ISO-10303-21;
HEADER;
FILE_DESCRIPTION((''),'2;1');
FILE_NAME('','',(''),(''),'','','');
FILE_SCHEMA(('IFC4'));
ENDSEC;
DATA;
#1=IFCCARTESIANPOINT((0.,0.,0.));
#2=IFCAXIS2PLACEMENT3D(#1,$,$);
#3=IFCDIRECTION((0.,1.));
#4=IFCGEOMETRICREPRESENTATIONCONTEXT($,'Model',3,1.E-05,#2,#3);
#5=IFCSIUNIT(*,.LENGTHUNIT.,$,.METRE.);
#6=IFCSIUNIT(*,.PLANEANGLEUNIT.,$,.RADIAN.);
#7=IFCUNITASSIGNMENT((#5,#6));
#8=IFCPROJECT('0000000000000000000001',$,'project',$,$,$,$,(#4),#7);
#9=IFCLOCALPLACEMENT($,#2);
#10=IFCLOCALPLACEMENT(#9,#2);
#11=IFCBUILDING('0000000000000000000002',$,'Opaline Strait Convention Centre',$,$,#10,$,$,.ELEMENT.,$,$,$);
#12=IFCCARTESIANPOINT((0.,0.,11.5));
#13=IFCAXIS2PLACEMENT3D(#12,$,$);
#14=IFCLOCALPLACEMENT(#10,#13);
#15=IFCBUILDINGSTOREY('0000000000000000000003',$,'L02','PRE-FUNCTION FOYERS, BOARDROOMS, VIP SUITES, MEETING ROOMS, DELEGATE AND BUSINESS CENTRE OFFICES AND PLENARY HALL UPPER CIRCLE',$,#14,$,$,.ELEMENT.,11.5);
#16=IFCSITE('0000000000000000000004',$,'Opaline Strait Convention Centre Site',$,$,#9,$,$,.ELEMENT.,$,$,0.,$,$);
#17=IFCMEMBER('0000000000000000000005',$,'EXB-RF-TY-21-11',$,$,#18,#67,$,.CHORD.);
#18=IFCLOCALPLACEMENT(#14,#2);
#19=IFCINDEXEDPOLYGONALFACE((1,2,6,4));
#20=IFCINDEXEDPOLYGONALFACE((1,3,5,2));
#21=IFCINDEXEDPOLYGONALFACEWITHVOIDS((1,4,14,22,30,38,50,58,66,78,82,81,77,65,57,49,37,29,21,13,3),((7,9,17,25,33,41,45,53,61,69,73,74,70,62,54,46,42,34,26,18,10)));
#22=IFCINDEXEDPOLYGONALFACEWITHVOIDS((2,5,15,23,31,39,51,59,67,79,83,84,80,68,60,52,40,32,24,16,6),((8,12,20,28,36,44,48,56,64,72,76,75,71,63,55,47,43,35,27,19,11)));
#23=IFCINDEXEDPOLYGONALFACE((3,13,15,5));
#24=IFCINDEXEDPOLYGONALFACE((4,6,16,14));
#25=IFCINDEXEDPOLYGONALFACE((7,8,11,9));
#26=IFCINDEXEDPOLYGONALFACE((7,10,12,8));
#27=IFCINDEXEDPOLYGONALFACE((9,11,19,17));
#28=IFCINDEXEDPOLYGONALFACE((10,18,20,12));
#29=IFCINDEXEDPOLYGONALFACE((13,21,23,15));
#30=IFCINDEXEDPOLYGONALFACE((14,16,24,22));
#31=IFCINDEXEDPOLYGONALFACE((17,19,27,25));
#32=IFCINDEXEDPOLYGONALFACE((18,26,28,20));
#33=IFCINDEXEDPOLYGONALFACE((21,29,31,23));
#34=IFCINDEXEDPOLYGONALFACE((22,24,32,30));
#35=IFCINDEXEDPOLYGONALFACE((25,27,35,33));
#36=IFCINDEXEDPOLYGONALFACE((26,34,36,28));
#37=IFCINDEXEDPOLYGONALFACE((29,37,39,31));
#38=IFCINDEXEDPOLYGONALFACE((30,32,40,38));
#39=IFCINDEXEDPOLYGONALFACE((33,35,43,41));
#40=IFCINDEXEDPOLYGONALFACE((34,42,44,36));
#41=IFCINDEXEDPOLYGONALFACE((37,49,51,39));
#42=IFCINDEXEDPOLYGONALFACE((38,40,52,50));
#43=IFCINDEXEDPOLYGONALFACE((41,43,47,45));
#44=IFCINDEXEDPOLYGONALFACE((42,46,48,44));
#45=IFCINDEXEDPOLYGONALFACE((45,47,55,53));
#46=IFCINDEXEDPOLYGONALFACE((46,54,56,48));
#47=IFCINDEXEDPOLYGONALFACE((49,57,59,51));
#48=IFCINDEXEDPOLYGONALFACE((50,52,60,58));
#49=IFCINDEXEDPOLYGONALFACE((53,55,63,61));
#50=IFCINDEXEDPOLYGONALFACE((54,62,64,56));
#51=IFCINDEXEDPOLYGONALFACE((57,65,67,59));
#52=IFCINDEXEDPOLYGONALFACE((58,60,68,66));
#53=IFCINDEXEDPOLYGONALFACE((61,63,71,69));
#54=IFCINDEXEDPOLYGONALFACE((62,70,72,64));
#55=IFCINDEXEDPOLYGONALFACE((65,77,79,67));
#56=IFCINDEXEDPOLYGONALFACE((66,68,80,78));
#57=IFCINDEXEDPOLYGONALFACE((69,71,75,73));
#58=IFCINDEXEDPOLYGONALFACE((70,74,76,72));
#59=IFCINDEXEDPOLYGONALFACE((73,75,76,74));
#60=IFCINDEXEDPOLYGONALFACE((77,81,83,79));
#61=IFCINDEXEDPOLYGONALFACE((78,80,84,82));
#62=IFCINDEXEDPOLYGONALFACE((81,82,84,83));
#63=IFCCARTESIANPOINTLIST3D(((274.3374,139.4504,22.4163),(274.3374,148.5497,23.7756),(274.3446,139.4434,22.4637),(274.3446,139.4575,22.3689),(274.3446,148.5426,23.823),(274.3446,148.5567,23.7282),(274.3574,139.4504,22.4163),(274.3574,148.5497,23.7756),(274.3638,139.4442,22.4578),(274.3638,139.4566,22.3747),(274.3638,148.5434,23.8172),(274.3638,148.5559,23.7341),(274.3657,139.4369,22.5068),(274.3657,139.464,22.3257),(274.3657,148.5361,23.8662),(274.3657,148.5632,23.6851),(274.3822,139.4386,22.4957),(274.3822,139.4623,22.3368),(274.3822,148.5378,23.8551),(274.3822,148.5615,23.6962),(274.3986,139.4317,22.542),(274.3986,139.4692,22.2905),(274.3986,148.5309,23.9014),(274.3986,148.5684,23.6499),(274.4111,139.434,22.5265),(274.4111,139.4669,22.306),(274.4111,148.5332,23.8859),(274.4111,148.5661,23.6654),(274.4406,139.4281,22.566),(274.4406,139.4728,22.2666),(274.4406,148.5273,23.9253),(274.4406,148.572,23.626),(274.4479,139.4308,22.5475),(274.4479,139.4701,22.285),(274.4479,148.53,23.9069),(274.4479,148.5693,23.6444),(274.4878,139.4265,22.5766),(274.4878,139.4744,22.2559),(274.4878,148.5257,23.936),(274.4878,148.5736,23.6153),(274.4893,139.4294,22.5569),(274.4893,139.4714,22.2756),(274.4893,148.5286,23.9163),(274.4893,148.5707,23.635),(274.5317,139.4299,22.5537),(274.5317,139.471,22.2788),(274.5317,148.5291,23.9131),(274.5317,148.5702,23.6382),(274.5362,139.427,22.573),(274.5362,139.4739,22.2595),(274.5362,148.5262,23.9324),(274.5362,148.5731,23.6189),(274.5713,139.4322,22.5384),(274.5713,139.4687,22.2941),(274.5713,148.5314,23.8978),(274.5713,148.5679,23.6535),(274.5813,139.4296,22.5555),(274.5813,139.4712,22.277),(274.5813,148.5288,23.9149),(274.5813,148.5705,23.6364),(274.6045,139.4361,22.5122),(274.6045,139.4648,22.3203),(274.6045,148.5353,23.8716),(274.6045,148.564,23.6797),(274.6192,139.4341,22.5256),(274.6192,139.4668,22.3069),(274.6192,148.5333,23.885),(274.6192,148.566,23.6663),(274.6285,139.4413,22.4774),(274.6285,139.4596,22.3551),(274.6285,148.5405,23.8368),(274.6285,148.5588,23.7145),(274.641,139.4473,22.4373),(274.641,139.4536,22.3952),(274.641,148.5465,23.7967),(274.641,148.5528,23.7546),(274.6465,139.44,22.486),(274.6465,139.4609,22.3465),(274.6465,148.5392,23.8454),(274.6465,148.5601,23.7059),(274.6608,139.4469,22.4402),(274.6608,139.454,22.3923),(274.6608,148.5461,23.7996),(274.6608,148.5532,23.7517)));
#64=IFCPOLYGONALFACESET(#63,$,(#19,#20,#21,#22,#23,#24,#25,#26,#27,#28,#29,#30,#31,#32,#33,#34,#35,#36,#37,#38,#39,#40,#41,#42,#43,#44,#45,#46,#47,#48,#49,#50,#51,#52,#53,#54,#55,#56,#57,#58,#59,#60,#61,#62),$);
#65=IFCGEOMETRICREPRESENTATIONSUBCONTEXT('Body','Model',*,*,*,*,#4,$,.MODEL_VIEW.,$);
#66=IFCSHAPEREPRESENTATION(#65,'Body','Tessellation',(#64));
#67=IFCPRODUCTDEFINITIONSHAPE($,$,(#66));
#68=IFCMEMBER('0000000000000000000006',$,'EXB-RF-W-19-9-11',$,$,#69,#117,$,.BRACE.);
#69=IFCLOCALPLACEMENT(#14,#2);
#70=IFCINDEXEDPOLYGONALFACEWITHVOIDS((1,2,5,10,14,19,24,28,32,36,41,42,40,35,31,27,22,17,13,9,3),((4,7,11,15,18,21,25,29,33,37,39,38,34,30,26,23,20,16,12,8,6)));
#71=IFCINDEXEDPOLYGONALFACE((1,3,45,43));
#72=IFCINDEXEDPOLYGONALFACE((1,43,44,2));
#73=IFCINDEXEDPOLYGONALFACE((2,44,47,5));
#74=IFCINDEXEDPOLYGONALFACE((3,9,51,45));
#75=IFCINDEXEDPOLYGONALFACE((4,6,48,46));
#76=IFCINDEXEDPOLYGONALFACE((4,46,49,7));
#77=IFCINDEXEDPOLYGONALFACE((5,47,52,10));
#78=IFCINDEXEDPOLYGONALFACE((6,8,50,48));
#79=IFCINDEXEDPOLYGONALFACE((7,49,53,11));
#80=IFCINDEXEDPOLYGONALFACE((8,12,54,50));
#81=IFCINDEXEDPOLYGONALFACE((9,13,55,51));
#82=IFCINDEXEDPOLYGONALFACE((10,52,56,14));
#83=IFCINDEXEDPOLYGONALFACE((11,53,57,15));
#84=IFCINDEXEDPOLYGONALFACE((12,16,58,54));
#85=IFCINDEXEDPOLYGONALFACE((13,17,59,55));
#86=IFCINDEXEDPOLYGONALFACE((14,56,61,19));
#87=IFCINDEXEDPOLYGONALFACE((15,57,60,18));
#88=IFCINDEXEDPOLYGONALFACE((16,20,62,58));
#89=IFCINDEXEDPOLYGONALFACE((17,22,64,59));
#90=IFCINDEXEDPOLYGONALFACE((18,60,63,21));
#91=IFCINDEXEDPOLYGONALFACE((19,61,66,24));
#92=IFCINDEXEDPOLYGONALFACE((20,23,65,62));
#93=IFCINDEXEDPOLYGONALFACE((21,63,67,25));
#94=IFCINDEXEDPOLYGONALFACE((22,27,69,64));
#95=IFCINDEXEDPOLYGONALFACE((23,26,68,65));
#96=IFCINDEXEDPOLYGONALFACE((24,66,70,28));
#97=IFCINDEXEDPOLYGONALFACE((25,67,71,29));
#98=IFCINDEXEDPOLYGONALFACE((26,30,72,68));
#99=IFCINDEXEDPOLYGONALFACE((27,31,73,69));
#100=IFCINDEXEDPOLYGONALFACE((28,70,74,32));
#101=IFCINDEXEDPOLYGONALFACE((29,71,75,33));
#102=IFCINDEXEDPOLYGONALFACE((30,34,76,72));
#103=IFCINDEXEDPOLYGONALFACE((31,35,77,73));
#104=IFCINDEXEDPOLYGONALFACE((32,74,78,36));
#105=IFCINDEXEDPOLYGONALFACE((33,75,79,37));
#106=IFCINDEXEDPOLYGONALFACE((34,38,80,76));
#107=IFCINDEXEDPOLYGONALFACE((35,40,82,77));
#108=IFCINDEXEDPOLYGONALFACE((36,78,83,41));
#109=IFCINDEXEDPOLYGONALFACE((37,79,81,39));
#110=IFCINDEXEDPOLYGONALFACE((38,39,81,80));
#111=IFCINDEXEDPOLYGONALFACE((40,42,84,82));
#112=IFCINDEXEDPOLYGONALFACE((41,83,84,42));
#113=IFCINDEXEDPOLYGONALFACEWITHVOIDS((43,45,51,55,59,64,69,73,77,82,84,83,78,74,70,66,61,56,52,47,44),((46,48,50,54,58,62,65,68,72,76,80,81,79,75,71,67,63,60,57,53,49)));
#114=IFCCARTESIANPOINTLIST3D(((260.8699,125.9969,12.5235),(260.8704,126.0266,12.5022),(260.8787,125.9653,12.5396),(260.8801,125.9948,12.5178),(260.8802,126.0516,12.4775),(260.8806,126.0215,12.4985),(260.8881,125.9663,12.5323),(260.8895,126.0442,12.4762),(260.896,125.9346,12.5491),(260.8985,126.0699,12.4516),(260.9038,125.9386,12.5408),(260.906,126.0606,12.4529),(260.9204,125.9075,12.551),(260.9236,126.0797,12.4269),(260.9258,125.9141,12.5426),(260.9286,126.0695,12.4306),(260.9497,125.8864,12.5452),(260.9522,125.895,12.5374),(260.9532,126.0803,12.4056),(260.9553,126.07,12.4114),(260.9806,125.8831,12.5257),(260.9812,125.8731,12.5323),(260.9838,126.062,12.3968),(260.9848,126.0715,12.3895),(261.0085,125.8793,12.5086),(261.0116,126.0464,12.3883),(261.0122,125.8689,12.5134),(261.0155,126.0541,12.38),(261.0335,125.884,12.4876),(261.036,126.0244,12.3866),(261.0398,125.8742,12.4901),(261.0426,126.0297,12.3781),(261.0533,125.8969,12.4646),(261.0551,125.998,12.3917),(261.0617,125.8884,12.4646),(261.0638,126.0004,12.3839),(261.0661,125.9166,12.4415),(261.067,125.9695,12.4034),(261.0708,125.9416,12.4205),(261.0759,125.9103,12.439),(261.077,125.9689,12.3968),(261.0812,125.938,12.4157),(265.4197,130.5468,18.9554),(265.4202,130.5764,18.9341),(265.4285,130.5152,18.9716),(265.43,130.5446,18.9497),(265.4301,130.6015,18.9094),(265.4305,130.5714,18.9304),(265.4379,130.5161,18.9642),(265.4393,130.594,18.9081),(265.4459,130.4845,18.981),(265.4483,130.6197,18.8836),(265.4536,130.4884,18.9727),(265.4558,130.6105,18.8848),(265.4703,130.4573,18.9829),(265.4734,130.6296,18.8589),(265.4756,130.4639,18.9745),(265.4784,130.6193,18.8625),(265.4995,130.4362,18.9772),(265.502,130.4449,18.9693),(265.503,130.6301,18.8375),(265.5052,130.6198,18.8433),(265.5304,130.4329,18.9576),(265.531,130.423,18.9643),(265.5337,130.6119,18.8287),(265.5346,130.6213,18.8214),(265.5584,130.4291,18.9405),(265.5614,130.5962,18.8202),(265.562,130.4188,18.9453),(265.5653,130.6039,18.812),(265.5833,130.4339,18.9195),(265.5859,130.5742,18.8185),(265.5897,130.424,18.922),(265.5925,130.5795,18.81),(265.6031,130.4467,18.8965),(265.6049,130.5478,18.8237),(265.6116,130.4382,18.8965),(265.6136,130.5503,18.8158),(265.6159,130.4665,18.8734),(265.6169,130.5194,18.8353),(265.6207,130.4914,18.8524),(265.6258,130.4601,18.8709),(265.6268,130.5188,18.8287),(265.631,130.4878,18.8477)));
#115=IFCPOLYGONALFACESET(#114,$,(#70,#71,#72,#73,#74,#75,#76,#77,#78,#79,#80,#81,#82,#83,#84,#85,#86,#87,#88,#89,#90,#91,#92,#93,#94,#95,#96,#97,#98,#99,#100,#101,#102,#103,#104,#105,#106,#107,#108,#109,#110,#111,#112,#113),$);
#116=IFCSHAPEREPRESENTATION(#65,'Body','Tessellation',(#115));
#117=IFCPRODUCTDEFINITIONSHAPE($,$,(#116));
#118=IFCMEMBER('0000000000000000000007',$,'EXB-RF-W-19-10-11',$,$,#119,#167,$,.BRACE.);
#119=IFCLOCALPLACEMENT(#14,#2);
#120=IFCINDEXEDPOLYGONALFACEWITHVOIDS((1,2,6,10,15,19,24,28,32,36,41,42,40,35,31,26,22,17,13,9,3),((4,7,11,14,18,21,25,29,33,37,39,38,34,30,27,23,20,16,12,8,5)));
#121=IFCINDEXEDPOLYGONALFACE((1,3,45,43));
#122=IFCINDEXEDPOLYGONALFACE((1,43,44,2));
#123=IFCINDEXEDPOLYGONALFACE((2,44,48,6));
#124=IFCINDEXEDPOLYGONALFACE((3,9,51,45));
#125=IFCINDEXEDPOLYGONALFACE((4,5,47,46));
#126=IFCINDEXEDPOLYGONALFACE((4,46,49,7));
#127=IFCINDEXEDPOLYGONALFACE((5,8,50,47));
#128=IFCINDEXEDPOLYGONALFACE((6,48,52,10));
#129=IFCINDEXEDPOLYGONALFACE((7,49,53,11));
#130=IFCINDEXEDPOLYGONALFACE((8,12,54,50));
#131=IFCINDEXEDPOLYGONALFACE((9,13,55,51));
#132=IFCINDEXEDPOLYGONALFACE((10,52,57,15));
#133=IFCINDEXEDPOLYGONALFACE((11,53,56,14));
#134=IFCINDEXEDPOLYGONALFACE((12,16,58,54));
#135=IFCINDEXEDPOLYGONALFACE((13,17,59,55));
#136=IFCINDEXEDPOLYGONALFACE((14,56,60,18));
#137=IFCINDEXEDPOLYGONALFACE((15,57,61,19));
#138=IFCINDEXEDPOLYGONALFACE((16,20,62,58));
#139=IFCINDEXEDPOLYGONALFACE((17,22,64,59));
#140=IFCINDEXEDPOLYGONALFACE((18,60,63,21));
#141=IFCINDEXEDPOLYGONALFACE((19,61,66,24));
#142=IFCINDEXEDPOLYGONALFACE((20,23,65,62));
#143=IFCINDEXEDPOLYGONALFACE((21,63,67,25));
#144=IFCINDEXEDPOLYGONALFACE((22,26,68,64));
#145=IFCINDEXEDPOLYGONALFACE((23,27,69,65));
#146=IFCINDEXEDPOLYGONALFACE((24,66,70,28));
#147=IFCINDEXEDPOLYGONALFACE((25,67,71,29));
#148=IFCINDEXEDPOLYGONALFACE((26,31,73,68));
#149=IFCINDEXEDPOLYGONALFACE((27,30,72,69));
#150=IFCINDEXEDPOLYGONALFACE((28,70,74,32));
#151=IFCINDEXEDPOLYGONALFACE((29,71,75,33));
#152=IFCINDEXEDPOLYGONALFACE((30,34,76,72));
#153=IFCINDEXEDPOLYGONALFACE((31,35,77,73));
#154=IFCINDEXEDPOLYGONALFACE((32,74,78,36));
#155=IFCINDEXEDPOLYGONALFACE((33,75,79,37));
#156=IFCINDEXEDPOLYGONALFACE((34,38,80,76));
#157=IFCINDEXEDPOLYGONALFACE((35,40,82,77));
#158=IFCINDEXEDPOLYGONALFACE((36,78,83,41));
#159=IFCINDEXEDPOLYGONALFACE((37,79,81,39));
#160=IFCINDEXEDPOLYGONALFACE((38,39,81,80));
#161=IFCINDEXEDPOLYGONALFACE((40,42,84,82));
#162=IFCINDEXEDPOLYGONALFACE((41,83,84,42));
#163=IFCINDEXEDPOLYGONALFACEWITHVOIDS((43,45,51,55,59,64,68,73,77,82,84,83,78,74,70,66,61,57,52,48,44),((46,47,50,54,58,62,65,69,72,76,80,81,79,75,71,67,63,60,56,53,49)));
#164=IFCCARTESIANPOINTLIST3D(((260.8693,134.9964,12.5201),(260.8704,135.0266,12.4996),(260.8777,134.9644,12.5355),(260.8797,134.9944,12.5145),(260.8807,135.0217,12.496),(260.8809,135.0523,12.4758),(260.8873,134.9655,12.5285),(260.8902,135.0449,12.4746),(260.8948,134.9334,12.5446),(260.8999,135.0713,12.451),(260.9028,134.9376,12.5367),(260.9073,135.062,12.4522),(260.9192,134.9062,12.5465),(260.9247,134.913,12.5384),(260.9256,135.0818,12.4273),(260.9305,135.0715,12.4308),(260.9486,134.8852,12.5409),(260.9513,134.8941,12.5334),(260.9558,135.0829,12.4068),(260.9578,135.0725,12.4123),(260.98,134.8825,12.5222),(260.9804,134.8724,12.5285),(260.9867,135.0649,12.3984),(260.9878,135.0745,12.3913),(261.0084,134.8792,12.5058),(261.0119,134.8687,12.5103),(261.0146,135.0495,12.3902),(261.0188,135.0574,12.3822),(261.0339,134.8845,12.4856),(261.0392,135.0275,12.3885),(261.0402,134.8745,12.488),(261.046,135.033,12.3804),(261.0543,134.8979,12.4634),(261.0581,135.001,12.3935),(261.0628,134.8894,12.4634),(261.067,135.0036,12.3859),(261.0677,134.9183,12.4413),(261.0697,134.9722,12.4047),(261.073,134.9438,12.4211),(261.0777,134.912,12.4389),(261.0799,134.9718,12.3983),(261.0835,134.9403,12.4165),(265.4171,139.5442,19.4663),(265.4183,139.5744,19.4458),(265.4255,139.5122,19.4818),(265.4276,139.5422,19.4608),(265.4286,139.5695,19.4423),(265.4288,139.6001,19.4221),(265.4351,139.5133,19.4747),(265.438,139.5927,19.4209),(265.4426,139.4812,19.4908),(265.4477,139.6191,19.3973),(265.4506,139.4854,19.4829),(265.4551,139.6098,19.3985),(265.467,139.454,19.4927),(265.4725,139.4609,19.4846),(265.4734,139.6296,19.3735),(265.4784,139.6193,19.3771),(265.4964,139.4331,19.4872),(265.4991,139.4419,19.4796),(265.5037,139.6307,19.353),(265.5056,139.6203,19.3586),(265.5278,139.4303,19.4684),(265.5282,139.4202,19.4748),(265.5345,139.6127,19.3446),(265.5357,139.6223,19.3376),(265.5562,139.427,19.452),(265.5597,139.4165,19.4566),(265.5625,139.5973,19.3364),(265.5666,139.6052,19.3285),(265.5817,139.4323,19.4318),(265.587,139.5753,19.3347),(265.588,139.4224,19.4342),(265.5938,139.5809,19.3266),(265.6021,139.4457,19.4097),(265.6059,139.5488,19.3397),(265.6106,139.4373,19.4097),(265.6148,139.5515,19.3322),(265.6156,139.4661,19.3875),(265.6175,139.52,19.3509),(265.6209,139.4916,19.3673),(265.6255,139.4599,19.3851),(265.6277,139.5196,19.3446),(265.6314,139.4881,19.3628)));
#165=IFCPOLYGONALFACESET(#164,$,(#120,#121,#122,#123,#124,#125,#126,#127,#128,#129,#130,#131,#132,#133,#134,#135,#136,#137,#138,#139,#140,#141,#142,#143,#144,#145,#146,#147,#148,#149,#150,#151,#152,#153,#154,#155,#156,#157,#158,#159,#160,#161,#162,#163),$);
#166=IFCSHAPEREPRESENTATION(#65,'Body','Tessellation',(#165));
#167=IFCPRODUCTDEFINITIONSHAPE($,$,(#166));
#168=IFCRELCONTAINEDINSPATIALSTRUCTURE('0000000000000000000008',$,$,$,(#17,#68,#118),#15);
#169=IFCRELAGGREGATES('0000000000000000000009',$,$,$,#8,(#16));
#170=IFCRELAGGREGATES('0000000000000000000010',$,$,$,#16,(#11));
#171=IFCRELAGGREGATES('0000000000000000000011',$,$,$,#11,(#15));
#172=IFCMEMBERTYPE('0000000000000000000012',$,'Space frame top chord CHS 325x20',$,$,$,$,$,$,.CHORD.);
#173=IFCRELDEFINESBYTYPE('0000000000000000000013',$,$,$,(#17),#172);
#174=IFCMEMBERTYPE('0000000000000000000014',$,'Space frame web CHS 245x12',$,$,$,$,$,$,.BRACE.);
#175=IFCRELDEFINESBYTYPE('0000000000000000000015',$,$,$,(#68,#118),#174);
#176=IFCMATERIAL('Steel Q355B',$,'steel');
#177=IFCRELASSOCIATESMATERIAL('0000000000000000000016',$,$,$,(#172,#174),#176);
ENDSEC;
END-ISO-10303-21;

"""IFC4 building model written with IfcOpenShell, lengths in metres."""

from ifc_helpers import new_model, si_unit, direction, frame, origin, origin_2d, place, context, subcontext, project, spatial, hollow_circle, extrude, material, material_profile, profile_set, type_object, element, save


model = new_model("IFC4")

# Units and contexts
model_context = context("Model", 3, precision=1e-05, world=origin(), true_north=direction((0.0, 1.0)))
body_context = subcontext(model_context, "Body", "Model", "MODEL_VIEW")
ifc_project = project(units=[si_unit("LENGTHUNIT", "METRE"), si_unit("PLANEANGLEUNIT", "RADIAN")], contexts=[model_context])

# Site, building, storey
site_placement = place(None, origin())
site = spatial("IfcSite", under=ifc_project, at=site_placement, Name="Opaline Strait Convention Centre Site", CompositionType="ELEMENT", RefElevation=0.0)
building_placement = place(site_placement, origin())
building = spatial("IfcBuilding", under=site, at=building_placement, Name="Opaline Strait Convention Centre", CompositionType="ELEMENT")
storey_placement = place(building_placement, frame((0.0, 0.0, 11.5)))
storey = spatial("IfcBuildingStorey", under=building, at=storey_placement, Name="L02", Description="PRE-FUNCTION FOYERS, BOARDROOMS, VIP SUITES, MEETING ROOMS, DELEGATE AND BUSINESS CENTRE OFFICES AND PLENARY HALL UPPER CIRCLE", CompositionType="ELEMENT", Elevation=11.5)

# Members
ifc_material_1 = material(Name="Steel Q355B", Category="steel")
ifc_material_profile_1 = material_profile(ifc_material_1, hollow_circle(Radius=0.1626, WallThickness=0.02, at=origin_2d()), Name="CHS 325x20")
ifc_profile_set_1 = profile_set([ifc_material_profile_1], Name="Steel Q355B")
member_type_1 = type_object("IfcMemberType", Name="Space frame top chord CHS 325x20", PredefinedType="CHORD", material=ifc_profile_set_1)
member_1_placement = place(storey_placement, frame((274.5, 139.4504, 22.4163), z_axis=(0.0, 0.989024, 0.147756), x_axis=(-1.0, 0.0, 0.0)))
element("IfcMember", 1, at=member_1_placement, inside=storey, type_object=member_type_1, Name="EXB-RF-TY-21-11", PredefinedType="CHORD", context=body_context, shape_type="SweptSolid", body=[
    extrude(hollow_circle(Radius=0.1626, WallThickness=0.02, at=origin_2d()), origin(), (0.0, 0.0, 1.0), 9.2002),
])
ifc_material_profile_2 = material_profile(ifc_material_1, hollow_circle(Radius=0.1226, WallThickness=0.012, at=origin_2d()), Name="CHS 245x12")
ifc_profile_set_2 = profile_set([ifc_material_profile_2], Name="Steel Q355B")
member_type_2 = type_object("IfcMemberType", Name="Space frame web CHS 245x12", PredefinedType="BRACE", material=ifc_profile_set_2)
member_2_placement = place(storey_placement, frame((265.5249, 130.5249, 18.8965), z_axis=(-0.500098, -0.500098, -0.706969), x_axis=(0.707107, -0.707107, 0.0)))
element("IfcMember", 2, at=member_2_placement, inside=storey, type_object=member_type_2, Name="EXB-RF-W-19-9-11", PredefinedType="BRACE", context=body_context, shape_type="SweptSolid", body=[
    extrude(hollow_circle(Radius=0.1226, WallThickness=0.012, at=origin_2d()), origin(), (0.0, 0.0, 1.0), 9.0979),
])
for number, where, z_axis, x_axis, name in (
    (3, (265.5239, 139.5239, 19.4097), (-0.480409, -0.480409, -0.733767), (0.707107, -0.707107, 0.0), "EXB-RF-W-19-10-11"),
):
    element("IfcMember", number, at=place(storey_placement, frame(where, z_axis=z_axis, x_axis=x_axis)), inside=storey, type_object=member_type_2, Name=name, PredefinedType="BRACE", context=body_context, shape_type="SweptSolid", body=[
        extrude(hollow_circle(Radius=0.1226, WallThickness=0.012, at=origin_2d()), origin(), (0.0, 0.0, 1.0), 9.4666),
    ])

save(model, "model.ifc")
